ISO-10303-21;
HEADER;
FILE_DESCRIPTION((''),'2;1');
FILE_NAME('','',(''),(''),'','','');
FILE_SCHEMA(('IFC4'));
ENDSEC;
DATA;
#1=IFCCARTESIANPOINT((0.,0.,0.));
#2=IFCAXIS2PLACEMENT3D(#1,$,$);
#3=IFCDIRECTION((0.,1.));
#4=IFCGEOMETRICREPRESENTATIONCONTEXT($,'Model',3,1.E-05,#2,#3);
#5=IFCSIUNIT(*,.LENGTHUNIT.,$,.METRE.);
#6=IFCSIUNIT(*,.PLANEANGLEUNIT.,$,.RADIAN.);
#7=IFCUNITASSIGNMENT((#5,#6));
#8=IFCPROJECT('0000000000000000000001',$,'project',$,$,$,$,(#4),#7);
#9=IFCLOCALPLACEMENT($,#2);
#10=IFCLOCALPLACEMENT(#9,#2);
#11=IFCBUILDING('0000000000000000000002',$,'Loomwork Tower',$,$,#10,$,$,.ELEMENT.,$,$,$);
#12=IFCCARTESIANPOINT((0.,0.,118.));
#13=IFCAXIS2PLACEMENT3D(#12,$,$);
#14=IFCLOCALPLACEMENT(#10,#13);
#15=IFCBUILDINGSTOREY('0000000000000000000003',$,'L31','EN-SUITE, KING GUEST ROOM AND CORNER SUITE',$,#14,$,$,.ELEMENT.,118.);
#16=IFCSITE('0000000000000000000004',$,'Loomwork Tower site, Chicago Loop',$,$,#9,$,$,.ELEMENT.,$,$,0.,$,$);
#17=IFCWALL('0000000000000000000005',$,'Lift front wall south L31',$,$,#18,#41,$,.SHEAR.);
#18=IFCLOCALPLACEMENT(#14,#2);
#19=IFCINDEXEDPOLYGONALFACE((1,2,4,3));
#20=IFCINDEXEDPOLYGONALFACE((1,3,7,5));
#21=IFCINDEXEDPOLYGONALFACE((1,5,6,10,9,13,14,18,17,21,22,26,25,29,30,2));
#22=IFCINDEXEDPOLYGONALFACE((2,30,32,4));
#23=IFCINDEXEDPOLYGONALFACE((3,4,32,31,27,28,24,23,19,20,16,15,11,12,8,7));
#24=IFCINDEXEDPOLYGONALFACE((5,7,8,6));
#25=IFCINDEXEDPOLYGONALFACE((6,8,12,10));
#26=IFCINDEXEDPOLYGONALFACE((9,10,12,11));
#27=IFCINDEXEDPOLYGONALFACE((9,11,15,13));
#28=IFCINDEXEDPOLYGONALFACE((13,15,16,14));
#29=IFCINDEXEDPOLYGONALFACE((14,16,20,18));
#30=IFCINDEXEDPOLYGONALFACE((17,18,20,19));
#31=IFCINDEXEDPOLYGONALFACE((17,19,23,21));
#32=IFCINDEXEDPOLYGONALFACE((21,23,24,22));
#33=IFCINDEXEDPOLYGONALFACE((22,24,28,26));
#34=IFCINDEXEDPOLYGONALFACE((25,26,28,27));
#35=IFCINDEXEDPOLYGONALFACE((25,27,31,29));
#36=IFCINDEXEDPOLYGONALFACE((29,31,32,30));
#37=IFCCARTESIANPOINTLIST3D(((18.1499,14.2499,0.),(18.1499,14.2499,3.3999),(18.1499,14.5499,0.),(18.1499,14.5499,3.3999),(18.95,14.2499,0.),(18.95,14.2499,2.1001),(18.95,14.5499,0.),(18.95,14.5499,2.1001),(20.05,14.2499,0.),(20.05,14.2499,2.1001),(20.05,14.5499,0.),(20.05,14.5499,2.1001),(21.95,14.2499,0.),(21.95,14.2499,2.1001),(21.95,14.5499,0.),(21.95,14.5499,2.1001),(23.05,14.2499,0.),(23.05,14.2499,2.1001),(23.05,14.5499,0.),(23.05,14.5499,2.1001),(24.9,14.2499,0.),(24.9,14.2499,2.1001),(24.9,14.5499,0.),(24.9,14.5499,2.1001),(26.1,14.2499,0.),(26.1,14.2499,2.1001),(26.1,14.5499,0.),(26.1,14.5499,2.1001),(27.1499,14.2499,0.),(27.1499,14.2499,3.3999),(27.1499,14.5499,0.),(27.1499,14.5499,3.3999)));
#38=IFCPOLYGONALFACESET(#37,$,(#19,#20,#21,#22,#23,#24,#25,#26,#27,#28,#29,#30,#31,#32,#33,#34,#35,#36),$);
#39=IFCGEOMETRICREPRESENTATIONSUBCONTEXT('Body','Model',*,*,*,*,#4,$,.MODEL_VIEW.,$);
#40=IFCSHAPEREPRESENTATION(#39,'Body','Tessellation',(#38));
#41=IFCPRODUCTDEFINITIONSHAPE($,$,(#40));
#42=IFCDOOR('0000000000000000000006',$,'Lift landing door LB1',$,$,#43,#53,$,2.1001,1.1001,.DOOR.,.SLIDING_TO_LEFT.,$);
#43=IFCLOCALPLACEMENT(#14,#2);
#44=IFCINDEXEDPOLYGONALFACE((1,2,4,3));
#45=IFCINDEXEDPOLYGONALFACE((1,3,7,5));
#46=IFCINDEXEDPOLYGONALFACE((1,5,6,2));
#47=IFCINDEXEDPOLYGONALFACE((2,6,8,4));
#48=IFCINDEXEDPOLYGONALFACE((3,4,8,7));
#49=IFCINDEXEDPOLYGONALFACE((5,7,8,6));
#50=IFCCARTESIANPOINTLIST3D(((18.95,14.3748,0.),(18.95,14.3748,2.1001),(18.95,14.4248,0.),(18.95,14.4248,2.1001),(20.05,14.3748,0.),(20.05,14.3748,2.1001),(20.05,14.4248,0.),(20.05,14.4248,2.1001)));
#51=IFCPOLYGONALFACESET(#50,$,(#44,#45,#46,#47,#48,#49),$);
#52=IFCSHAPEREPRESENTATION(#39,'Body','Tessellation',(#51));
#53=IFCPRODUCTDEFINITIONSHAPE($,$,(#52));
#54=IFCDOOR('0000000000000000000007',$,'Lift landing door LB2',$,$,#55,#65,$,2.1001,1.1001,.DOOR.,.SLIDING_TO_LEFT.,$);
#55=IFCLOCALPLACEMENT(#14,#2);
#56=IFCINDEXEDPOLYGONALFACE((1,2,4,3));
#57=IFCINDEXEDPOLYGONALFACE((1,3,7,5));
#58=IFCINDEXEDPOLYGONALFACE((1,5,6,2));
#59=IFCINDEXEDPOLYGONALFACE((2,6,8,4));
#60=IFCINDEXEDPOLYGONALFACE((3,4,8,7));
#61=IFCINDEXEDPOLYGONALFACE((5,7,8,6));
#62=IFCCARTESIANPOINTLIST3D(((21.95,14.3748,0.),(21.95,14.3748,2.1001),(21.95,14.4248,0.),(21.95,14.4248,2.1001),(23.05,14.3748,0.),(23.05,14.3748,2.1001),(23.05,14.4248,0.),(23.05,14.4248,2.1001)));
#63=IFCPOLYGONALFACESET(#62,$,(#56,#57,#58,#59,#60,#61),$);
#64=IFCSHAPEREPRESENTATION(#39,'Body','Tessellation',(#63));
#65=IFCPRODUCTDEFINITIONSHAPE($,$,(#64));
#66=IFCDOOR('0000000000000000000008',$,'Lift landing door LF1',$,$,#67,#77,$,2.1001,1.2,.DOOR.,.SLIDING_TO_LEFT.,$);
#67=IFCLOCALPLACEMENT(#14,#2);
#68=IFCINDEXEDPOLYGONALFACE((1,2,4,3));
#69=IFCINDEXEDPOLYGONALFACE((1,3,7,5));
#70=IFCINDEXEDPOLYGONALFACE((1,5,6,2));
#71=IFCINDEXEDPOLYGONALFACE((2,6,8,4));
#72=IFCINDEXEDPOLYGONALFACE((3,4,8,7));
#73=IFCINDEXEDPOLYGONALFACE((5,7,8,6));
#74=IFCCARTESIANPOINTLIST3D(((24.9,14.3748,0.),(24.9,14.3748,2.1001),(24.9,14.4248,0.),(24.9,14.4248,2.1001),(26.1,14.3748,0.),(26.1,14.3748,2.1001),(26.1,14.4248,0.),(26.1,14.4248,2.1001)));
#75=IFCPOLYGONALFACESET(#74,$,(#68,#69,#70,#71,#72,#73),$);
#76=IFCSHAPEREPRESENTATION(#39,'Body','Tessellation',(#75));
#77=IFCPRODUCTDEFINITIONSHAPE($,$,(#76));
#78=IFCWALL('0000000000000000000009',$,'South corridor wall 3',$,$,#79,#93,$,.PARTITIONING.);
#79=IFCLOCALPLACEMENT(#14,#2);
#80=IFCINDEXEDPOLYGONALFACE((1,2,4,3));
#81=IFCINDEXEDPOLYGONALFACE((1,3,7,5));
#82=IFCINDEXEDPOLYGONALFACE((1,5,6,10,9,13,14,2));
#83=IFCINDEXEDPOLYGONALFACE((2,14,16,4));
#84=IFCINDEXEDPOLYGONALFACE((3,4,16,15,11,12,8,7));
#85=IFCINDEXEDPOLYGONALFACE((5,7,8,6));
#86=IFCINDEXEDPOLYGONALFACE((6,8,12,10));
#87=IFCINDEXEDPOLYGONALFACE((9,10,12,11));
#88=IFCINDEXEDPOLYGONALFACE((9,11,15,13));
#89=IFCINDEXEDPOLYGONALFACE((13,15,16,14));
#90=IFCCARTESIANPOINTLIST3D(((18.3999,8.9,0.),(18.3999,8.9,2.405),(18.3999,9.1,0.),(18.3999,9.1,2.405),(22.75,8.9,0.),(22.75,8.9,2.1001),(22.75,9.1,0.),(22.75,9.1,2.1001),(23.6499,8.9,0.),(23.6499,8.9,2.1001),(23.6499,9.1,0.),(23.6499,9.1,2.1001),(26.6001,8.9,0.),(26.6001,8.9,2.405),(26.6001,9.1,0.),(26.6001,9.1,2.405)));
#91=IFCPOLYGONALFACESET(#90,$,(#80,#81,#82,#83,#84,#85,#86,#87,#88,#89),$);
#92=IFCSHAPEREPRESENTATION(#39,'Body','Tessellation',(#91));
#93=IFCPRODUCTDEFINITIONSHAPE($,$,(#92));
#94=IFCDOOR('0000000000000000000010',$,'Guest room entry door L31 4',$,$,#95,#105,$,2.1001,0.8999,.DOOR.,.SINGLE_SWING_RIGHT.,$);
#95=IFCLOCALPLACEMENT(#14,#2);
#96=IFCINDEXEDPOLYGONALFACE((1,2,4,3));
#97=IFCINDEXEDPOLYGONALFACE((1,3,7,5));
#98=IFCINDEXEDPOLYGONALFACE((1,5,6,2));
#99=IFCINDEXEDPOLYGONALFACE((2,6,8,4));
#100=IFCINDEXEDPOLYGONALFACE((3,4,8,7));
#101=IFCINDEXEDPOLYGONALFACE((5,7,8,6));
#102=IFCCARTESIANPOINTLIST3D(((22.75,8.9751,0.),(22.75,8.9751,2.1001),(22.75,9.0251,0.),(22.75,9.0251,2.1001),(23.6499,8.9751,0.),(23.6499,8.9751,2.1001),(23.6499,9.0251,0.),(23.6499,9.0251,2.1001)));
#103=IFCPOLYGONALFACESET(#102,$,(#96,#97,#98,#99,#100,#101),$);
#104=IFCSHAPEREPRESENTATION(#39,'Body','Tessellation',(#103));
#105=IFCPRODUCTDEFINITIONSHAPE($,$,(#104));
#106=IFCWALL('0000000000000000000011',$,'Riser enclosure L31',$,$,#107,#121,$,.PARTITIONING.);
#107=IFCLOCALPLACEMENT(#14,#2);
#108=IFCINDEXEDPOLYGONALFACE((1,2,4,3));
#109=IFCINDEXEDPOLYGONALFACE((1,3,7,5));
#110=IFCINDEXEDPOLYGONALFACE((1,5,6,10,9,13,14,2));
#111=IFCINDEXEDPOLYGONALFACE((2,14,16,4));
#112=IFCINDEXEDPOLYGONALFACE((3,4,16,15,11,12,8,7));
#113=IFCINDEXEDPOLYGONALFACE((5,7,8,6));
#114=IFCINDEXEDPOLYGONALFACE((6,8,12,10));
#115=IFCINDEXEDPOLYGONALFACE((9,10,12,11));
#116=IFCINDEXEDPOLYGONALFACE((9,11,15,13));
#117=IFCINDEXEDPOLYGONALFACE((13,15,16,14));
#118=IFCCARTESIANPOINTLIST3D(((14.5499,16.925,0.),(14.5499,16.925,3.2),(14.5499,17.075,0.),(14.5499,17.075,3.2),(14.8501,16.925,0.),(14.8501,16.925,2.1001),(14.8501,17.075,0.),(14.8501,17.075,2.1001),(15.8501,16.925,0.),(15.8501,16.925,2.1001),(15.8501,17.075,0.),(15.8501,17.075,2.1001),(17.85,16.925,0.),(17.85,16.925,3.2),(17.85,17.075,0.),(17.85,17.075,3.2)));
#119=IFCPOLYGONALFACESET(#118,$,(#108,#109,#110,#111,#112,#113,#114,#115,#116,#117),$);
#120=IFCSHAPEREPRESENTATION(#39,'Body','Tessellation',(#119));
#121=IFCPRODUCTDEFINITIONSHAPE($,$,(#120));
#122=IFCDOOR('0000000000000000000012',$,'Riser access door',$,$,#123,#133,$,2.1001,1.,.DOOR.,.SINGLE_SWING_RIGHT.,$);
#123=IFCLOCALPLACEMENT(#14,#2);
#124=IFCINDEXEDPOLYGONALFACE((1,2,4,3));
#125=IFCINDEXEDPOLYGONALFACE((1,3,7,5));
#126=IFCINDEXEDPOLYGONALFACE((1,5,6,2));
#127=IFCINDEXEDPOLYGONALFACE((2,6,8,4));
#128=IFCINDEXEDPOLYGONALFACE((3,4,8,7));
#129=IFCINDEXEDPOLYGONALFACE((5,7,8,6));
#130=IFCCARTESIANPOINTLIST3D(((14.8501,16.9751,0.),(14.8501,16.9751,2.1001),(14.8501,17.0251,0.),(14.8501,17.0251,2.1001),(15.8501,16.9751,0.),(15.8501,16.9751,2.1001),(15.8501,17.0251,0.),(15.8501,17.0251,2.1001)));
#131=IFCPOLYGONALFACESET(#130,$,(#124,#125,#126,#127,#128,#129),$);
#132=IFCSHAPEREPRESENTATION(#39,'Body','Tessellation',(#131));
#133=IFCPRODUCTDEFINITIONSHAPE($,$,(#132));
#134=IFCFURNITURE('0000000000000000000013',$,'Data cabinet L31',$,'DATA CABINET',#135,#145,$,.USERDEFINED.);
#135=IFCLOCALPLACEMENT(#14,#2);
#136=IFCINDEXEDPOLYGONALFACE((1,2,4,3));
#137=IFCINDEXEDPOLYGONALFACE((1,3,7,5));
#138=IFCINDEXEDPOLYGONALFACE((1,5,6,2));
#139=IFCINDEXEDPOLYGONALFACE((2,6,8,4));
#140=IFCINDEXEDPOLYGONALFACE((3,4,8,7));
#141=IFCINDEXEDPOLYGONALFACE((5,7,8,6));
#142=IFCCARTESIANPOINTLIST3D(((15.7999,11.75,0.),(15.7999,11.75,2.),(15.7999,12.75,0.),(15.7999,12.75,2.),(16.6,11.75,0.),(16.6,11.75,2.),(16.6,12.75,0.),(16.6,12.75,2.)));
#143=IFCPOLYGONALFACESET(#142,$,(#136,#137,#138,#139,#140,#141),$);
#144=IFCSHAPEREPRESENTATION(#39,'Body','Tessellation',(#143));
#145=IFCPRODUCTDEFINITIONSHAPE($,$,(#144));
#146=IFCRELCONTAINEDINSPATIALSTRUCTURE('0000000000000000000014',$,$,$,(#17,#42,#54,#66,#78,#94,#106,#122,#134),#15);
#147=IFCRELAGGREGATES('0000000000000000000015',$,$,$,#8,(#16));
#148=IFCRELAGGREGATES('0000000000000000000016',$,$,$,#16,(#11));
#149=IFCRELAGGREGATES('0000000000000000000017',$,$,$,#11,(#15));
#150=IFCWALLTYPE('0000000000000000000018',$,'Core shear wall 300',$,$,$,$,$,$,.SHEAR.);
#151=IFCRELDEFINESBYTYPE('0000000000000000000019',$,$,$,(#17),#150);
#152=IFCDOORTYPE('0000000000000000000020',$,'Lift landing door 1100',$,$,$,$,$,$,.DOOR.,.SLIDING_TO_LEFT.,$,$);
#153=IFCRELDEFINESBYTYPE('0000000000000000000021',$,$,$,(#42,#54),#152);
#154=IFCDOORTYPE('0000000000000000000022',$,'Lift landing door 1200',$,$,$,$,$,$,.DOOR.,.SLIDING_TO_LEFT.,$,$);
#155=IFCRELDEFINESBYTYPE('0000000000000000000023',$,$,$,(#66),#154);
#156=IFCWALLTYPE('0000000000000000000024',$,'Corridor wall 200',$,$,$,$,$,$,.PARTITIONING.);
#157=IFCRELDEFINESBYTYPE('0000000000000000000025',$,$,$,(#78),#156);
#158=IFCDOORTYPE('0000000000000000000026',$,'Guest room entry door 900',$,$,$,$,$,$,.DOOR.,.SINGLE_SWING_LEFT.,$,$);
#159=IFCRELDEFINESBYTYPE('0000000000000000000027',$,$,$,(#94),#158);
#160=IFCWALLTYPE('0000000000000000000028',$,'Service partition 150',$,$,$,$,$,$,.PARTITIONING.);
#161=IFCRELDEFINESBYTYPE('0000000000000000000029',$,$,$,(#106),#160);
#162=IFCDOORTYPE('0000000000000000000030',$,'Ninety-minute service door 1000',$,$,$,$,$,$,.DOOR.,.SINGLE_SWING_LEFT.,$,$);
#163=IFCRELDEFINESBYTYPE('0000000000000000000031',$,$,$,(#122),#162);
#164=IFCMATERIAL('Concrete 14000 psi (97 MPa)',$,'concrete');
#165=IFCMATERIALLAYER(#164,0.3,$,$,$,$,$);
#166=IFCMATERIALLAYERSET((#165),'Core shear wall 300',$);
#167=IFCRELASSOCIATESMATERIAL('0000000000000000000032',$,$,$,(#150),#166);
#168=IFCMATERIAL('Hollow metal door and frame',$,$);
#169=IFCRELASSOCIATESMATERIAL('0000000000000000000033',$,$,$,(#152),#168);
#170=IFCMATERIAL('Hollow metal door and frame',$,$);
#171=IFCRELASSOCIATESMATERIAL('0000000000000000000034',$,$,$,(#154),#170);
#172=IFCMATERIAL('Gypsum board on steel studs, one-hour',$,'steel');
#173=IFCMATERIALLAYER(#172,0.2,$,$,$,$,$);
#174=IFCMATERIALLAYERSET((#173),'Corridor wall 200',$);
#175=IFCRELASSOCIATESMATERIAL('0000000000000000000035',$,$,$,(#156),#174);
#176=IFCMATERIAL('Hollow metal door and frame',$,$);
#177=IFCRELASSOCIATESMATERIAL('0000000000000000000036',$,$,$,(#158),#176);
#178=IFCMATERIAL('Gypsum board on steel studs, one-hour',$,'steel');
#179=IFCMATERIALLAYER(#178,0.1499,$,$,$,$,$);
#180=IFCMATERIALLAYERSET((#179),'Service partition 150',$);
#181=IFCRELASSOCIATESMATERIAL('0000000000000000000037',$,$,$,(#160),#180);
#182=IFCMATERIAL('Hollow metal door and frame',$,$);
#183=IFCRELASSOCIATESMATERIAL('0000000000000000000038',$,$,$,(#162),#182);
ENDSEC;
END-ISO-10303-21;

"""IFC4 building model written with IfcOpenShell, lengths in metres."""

from ifc_helpers import new_model, si_unit, direction, frame, frame_2d, origin, origin_2d, place, context, subcontext, project, spatial, rectangle, extrude, material, layer, layer_set, type_object, element, fill, save


model = new_model("IFC4")

# Units and contexts
model_context = context("Model", 3, precision=1e-05, world=origin(), true_north=direction((0.0, 1.0)))
body_context = subcontext(model_context, "Body", "Model", "MODEL_VIEW")
ifc_project = project(units=[si_unit("LENGTHUNIT", "METRE"), si_unit("PLANEANGLEUNIT", "RADIAN")], contexts=[model_context])

# Site, building, storey
site_placement = place(None, origin())
site = spatial("IfcSite", under=ifc_project, at=site_placement, Name="Loomwork Tower site, Chicago Loop", CompositionType="ELEMENT", RefElevation=0.0)
building_placement = place(site_placement, origin())
building = spatial("IfcBuilding", under=site, at=building_placement, Name="Loomwork Tower", CompositionType="ELEMENT")
storey_placement = place(building_placement, frame((0.0, 0.0, 118.0)))
storey = spatial("IfcBuildingStorey", under=building, at=storey_placement, Name="L31", Description="EN-SUITE, KING GUEST ROOM AND CORNER SUITE", CompositionType="ELEMENT", Elevation=118.0)

# Wall, openings, doors
ifc_material_1 = material(Name="Concrete 14000 psi (97 MPa)", Category="concrete")
ifc_layer_1 = layer(ifc_material_1, 0.3)
ifc_layer_set_1 = layer_set([ifc_layer_1], Name="Core shear wall 300")
wall_type_1 = type_object("IfcWallType", Name="Core shear wall 300", PredefinedType="SHEAR", material=ifc_layer_set_1)
wall_1_placement = place(storey_placement, frame((18.1499, 14.3999, 0.0), z_axis=(0.0, 0.0, 1.0), x_axis=(1.0, 0.0, 0.0)))
wall_1 = element("IfcWall", 1, at=wall_1_placement, inside=storey, type_object=wall_type_1, Name="Lift front wall south L31", PredefinedType="SHEAR", context=body_context, shape_type="SweptSolid", body=[
    extrude(rectangle(XDim=9.0, YDim=0.3, at=frame_2d((4.5, 0.0))), origin(), (0.0, 0.0, 1.0), 3.3999),
])
opening_1_placement = place(wall_1_placement, frame((0.8, 0.0, 0.0)))
opening_1 = element("IfcOpeningElement", 2, at=opening_1_placement, cuts=wall_1, PredefinedType="OPENING", context=body_context, shape_type="SweptSolid", body=[
    extrude(rectangle(XDim=1.1001, YDim=2.1001, at=frame_2d((0.55, 1.05))), frame((0.0, 0.1599, 0.0), z_axis=(0.0, -1.0, 0.0), x_axis=(1.0, 0.0, 0.0)), (0.0, 0.0, 1.0), 0.3201),
])
opening_2_placement = place(wall_1_placement, frame((3.8, 0.0, 0.0)))
opening_2 = element("IfcOpeningElement", 3, at=opening_2_placement, cuts=wall_1, PredefinedType="OPENING", context=body_context, shape_type="SweptSolid", body=[
    extrude(rectangle(XDim=1.1001, YDim=2.1001, at=frame_2d((0.55, 1.05))), frame((0.0, 0.1599, 0.0), z_axis=(0.0, -1.0, 0.0), x_axis=(1.0, 0.0, 0.0)), (0.0, 0.0, 1.0), 0.3201),
])
opening_3_placement = place(wall_1_placement, frame((6.75, 0.0, 0.0)))
opening_3 = element("IfcOpeningElement", 4, at=opening_3_placement, cuts=wall_1, PredefinedType="OPENING", context=body_context, shape_type="SweptSolid", body=[
    extrude(rectangle(XDim=1.2, YDim=2.1001, at=frame_2d((0.6001, 1.05))), frame((0.0, 0.1599, 0.0), z_axis=(0.0, -1.0, 0.0), x_axis=(1.0, 0.0, 0.0)), (0.0, 0.0, 1.0), 0.3201),
])
ifc_material_2 = material(Name="Hollow metal door and frame")
door_type_1 = type_object("IfcDoorType", Name="Lift landing door 1100", OperationType="SLIDING_TO_LEFT", PredefinedType="DOOR", material=ifc_material_2)
door_1_placement = place(opening_1_placement, origin())
door_1 = element("IfcDoor", 5, at=door_1_placement, inside=storey, type_object=door_type_1, Name="Lift landing door LB1", OperationType="SLIDING_TO_LEFT", OverallHeight=2.1001, OverallWidth=1.1001, PredefinedType="DOOR", context=body_context, shape_type="SweptSolid", body=[
    extrude(rectangle(XDim=1.1001, YDim=2.1001, at=frame_2d((0.55, 1.05))), frame((0.0, 0.0249, 0.0), z_axis=(0.0, -1.0, 0.0), x_axis=(1.0, 0.0, 0.0)), (0.0, 0.0, 1.0), 0.05),
])
fill(opening_1, door_1)
door_2_placement = place(opening_2_placement, origin())
door_2 = element("IfcDoor", 6, at=door_2_placement, inside=storey, type_object=door_type_1, Name="Lift landing door LB2", OperationType="SLIDING_TO_LEFT", OverallHeight=2.1001, OverallWidth=1.1001, PredefinedType="DOOR", context=body_context, shape_type="SweptSolid", body=[
    extrude(rectangle(XDim=1.1001, YDim=2.1001, at=frame_2d((0.55, 1.05))), frame((0.0, 0.0249, 0.0), z_axis=(0.0, -1.0, 0.0), x_axis=(1.0, 0.0, 0.0)), (0.0, 0.0, 1.0), 0.05),
])
fill(opening_2, door_2)
ifc_material_3 = material(Name="Hollow metal door and frame")
door_type_2 = type_object("IfcDoorType", Name="Lift landing door 1200", OperationType="SLIDING_TO_LEFT", PredefinedType="DOOR", material=ifc_material_3)
door_3_placement = place(opening_3_placement, origin())
door_3 = element("IfcDoor", 7, at=door_3_placement, inside=storey, type_object=door_type_2, Name="Lift landing door LF1", OperationType="SLIDING_TO_LEFT", OverallHeight=2.1001, OverallWidth=1.2, PredefinedType="DOOR", context=body_context, shape_type="SweptSolid", body=[
    extrude(rectangle(XDim=1.2, YDim=2.1001, at=frame_2d((0.6001, 1.05))), frame((0.0, 0.0249, 0.0), z_axis=(0.0, -1.0, 0.0), x_axis=(1.0, 0.0, 0.0)), (0.0, 0.0, 1.0), 0.05),
])
fill(opening_3, door_3)

# Walls, openings, doors
ifc_material_4 = material(Name="Gypsum board on steel studs, one-hour", Category="steel")
ifc_layer_2 = layer(ifc_material_4, 0.2)
ifc_layer_set_2 = layer_set([ifc_layer_2], Name="Corridor wall 200")
wall_type_2 = type_object("IfcWallType", Name="Corridor wall 200", PredefinedType="PARTITIONING", material=ifc_layer_set_2)
wall_2_placement = place(storey_placement, frame((18.3999, 9.0, 0.0), z_axis=(0.0, 0.0, 1.0), x_axis=(1.0, 0.0, 0.0)))
wall_2 = element("IfcWall", 8, at=wall_2_placement, inside=storey, type_object=wall_type_2, Name="South corridor wall 3", PredefinedType="PARTITIONING", context=body_context, shape_type="SweptSolid", body=[
    extrude(rectangle(XDim=8.2002, YDim=0.2, at=frame_2d((4.1001, 0.0))), origin(), (0.0, 0.0, 1.0), 2.405),
])
opening_4_placement = place(wall_2_placement, frame((4.3501, 0.0, 0.0)))
opening_4 = element("IfcOpeningElement", 9, at=opening_4_placement, cuts=wall_2, PredefinedType="OPENING", context=body_context, shape_type="SweptSolid", body=[
    extrude(rectangle(XDim=0.8999, YDim=2.1001, at=frame_2d((0.45, 1.05))), frame((0.0, 0.1099, 0.0), z_axis=(0.0, -1.0, 0.0), x_axis=(1.0, 0.0, 0.0)), (0.0, 0.0, 1.0), 0.22),
])
ifc_material_5 = material(Name="Hollow metal door and frame")
door_type_3 = type_object("IfcDoorType", Name="Guest room entry door 900", OperationType="SINGLE_SWING_LEFT", PredefinedType="DOOR", material=ifc_material_5)
door_4_placement = place(opening_4_placement, frame((0.8999, 0.0, 0.0), z_axis=(0.0, 0.0, 1.0), x_axis=(-1.0, 0.0, 0.0)))
door_4 = element("IfcDoor", 10, at=door_4_placement, inside=storey, type_object=door_type_3, Name="Guest room entry door L31 4", OperationType="SINGLE_SWING_RIGHT", OverallHeight=2.1001, OverallWidth=0.8999, PredefinedType="DOOR", context=body_context, shape_type="SweptSolid", body=[
    extrude(rectangle(XDim=0.8999, YDim=2.1001, at=frame_2d((0.45, 1.05))), frame((0.0, 0.0249, 0.0), z_axis=(0.0, -1.0, 0.0), x_axis=(1.0, 0.0, 0.0)), (0.0, 0.0, 1.0), 0.05),
])
fill(opening_4, door_4)
ifc_material_6 = material(Name="Gypsum board on steel studs, one-hour", Category="steel")
ifc_layer_3 = layer(ifc_material_6, 0.1499)
ifc_layer_set_3 = layer_set([ifc_layer_3], Name="Service partition 150")
wall_type_3 = type_object("IfcWallType", Name="Service partition 150", PredefinedType="PARTITIONING", material=ifc_layer_set_3)
wall_3_placement = place(storey_placement, frame((14.55, 17.0, 0.0), z_axis=(0.0, 0.0, 1.0), x_axis=(1.0, 0.0, 0.0)))
wall_3 = element("IfcWall", 11, at=wall_3_placement, inside=storey, type_object=wall_type_3, Name="Riser enclosure L31", PredefinedType="PARTITIONING", context=body_context, shape_type="SweptSolid", body=[
    extrude(rectangle(XDim=3.3, YDim=0.1499, at=frame_2d((1.6499, 0.0))), origin(), (0.0, 0.0, 1.0), 3.2),
])
opening_5_placement = place(wall_3_placement, frame((0.3, 0.0, 0.0)))
opening_5 = element("IfcOpeningElement", 12, at=opening_5_placement, cuts=wall_3, PredefinedType="OPENING", context=body_context, shape_type="SweptSolid", body=[
    extrude(rectangle(XDim=1.0, YDim=2.1001, at=frame_2d((0.5, 1.05))), frame((0.0, 0.085, 0.0), z_axis=(0.0, -1.0, 0.0), x_axis=(1.0, 0.0, 0.0)), (0.0, 0.0, 1.0), 0.1699),
])
ifc_material_7 = material(Name="Hollow metal door and frame")
door_type_4 = type_object("IfcDoorType", Name="Ninety-minute service door 1000", OperationType="SINGLE_SWING_LEFT", PredefinedType="DOOR", material=ifc_material_7)
door_5_placement = place(opening_5_placement, frame((1.0, 0.0, 0.0), z_axis=(0.0, 0.0, 1.0), x_axis=(-1.0, 0.0, 0.0)))
door_5 = element("IfcDoor", 13, at=door_5_placement, inside=storey, type_object=door_type_4, Name="Riser access door", OperationType="SINGLE_SWING_RIGHT", OverallHeight=2.1001, OverallWidth=1.0, PredefinedType="DOOR", context=body_context, shape_type="SweptSolid", body=[
    extrude(rectangle(XDim=1.0, YDim=2.1001, at=frame_2d((0.5, 1.05))), frame((0.0, 0.0249, 0.0), z_axis=(0.0, -1.0, 0.0), x_axis=(1.0, 0.0, 0.0)), (0.0, 0.0, 1.0), 0.05),
])
fill(opening_5, door_5)

# Furniture
furniture_placement = place(storey_placement, frame((16.2, 12.25, 0.0), z_axis=(0.0, 0.0, 1.0), x_axis=(1.0, 0.0, 0.0)))
element("IfcFurniture", 14, at=furniture_placement, inside=storey, Name="Data cabinet L31", ObjectType="DATA CABINET", PredefinedType="USERDEFINED", context=body_context, shape_type="SweptSolid", body=[
    extrude(rectangle(XDim=0.8, YDim=1.0, at=origin_2d()), origin(), (0.0, 0.0, 1.0), 2.0),
])

save(model, "model.ifc")
